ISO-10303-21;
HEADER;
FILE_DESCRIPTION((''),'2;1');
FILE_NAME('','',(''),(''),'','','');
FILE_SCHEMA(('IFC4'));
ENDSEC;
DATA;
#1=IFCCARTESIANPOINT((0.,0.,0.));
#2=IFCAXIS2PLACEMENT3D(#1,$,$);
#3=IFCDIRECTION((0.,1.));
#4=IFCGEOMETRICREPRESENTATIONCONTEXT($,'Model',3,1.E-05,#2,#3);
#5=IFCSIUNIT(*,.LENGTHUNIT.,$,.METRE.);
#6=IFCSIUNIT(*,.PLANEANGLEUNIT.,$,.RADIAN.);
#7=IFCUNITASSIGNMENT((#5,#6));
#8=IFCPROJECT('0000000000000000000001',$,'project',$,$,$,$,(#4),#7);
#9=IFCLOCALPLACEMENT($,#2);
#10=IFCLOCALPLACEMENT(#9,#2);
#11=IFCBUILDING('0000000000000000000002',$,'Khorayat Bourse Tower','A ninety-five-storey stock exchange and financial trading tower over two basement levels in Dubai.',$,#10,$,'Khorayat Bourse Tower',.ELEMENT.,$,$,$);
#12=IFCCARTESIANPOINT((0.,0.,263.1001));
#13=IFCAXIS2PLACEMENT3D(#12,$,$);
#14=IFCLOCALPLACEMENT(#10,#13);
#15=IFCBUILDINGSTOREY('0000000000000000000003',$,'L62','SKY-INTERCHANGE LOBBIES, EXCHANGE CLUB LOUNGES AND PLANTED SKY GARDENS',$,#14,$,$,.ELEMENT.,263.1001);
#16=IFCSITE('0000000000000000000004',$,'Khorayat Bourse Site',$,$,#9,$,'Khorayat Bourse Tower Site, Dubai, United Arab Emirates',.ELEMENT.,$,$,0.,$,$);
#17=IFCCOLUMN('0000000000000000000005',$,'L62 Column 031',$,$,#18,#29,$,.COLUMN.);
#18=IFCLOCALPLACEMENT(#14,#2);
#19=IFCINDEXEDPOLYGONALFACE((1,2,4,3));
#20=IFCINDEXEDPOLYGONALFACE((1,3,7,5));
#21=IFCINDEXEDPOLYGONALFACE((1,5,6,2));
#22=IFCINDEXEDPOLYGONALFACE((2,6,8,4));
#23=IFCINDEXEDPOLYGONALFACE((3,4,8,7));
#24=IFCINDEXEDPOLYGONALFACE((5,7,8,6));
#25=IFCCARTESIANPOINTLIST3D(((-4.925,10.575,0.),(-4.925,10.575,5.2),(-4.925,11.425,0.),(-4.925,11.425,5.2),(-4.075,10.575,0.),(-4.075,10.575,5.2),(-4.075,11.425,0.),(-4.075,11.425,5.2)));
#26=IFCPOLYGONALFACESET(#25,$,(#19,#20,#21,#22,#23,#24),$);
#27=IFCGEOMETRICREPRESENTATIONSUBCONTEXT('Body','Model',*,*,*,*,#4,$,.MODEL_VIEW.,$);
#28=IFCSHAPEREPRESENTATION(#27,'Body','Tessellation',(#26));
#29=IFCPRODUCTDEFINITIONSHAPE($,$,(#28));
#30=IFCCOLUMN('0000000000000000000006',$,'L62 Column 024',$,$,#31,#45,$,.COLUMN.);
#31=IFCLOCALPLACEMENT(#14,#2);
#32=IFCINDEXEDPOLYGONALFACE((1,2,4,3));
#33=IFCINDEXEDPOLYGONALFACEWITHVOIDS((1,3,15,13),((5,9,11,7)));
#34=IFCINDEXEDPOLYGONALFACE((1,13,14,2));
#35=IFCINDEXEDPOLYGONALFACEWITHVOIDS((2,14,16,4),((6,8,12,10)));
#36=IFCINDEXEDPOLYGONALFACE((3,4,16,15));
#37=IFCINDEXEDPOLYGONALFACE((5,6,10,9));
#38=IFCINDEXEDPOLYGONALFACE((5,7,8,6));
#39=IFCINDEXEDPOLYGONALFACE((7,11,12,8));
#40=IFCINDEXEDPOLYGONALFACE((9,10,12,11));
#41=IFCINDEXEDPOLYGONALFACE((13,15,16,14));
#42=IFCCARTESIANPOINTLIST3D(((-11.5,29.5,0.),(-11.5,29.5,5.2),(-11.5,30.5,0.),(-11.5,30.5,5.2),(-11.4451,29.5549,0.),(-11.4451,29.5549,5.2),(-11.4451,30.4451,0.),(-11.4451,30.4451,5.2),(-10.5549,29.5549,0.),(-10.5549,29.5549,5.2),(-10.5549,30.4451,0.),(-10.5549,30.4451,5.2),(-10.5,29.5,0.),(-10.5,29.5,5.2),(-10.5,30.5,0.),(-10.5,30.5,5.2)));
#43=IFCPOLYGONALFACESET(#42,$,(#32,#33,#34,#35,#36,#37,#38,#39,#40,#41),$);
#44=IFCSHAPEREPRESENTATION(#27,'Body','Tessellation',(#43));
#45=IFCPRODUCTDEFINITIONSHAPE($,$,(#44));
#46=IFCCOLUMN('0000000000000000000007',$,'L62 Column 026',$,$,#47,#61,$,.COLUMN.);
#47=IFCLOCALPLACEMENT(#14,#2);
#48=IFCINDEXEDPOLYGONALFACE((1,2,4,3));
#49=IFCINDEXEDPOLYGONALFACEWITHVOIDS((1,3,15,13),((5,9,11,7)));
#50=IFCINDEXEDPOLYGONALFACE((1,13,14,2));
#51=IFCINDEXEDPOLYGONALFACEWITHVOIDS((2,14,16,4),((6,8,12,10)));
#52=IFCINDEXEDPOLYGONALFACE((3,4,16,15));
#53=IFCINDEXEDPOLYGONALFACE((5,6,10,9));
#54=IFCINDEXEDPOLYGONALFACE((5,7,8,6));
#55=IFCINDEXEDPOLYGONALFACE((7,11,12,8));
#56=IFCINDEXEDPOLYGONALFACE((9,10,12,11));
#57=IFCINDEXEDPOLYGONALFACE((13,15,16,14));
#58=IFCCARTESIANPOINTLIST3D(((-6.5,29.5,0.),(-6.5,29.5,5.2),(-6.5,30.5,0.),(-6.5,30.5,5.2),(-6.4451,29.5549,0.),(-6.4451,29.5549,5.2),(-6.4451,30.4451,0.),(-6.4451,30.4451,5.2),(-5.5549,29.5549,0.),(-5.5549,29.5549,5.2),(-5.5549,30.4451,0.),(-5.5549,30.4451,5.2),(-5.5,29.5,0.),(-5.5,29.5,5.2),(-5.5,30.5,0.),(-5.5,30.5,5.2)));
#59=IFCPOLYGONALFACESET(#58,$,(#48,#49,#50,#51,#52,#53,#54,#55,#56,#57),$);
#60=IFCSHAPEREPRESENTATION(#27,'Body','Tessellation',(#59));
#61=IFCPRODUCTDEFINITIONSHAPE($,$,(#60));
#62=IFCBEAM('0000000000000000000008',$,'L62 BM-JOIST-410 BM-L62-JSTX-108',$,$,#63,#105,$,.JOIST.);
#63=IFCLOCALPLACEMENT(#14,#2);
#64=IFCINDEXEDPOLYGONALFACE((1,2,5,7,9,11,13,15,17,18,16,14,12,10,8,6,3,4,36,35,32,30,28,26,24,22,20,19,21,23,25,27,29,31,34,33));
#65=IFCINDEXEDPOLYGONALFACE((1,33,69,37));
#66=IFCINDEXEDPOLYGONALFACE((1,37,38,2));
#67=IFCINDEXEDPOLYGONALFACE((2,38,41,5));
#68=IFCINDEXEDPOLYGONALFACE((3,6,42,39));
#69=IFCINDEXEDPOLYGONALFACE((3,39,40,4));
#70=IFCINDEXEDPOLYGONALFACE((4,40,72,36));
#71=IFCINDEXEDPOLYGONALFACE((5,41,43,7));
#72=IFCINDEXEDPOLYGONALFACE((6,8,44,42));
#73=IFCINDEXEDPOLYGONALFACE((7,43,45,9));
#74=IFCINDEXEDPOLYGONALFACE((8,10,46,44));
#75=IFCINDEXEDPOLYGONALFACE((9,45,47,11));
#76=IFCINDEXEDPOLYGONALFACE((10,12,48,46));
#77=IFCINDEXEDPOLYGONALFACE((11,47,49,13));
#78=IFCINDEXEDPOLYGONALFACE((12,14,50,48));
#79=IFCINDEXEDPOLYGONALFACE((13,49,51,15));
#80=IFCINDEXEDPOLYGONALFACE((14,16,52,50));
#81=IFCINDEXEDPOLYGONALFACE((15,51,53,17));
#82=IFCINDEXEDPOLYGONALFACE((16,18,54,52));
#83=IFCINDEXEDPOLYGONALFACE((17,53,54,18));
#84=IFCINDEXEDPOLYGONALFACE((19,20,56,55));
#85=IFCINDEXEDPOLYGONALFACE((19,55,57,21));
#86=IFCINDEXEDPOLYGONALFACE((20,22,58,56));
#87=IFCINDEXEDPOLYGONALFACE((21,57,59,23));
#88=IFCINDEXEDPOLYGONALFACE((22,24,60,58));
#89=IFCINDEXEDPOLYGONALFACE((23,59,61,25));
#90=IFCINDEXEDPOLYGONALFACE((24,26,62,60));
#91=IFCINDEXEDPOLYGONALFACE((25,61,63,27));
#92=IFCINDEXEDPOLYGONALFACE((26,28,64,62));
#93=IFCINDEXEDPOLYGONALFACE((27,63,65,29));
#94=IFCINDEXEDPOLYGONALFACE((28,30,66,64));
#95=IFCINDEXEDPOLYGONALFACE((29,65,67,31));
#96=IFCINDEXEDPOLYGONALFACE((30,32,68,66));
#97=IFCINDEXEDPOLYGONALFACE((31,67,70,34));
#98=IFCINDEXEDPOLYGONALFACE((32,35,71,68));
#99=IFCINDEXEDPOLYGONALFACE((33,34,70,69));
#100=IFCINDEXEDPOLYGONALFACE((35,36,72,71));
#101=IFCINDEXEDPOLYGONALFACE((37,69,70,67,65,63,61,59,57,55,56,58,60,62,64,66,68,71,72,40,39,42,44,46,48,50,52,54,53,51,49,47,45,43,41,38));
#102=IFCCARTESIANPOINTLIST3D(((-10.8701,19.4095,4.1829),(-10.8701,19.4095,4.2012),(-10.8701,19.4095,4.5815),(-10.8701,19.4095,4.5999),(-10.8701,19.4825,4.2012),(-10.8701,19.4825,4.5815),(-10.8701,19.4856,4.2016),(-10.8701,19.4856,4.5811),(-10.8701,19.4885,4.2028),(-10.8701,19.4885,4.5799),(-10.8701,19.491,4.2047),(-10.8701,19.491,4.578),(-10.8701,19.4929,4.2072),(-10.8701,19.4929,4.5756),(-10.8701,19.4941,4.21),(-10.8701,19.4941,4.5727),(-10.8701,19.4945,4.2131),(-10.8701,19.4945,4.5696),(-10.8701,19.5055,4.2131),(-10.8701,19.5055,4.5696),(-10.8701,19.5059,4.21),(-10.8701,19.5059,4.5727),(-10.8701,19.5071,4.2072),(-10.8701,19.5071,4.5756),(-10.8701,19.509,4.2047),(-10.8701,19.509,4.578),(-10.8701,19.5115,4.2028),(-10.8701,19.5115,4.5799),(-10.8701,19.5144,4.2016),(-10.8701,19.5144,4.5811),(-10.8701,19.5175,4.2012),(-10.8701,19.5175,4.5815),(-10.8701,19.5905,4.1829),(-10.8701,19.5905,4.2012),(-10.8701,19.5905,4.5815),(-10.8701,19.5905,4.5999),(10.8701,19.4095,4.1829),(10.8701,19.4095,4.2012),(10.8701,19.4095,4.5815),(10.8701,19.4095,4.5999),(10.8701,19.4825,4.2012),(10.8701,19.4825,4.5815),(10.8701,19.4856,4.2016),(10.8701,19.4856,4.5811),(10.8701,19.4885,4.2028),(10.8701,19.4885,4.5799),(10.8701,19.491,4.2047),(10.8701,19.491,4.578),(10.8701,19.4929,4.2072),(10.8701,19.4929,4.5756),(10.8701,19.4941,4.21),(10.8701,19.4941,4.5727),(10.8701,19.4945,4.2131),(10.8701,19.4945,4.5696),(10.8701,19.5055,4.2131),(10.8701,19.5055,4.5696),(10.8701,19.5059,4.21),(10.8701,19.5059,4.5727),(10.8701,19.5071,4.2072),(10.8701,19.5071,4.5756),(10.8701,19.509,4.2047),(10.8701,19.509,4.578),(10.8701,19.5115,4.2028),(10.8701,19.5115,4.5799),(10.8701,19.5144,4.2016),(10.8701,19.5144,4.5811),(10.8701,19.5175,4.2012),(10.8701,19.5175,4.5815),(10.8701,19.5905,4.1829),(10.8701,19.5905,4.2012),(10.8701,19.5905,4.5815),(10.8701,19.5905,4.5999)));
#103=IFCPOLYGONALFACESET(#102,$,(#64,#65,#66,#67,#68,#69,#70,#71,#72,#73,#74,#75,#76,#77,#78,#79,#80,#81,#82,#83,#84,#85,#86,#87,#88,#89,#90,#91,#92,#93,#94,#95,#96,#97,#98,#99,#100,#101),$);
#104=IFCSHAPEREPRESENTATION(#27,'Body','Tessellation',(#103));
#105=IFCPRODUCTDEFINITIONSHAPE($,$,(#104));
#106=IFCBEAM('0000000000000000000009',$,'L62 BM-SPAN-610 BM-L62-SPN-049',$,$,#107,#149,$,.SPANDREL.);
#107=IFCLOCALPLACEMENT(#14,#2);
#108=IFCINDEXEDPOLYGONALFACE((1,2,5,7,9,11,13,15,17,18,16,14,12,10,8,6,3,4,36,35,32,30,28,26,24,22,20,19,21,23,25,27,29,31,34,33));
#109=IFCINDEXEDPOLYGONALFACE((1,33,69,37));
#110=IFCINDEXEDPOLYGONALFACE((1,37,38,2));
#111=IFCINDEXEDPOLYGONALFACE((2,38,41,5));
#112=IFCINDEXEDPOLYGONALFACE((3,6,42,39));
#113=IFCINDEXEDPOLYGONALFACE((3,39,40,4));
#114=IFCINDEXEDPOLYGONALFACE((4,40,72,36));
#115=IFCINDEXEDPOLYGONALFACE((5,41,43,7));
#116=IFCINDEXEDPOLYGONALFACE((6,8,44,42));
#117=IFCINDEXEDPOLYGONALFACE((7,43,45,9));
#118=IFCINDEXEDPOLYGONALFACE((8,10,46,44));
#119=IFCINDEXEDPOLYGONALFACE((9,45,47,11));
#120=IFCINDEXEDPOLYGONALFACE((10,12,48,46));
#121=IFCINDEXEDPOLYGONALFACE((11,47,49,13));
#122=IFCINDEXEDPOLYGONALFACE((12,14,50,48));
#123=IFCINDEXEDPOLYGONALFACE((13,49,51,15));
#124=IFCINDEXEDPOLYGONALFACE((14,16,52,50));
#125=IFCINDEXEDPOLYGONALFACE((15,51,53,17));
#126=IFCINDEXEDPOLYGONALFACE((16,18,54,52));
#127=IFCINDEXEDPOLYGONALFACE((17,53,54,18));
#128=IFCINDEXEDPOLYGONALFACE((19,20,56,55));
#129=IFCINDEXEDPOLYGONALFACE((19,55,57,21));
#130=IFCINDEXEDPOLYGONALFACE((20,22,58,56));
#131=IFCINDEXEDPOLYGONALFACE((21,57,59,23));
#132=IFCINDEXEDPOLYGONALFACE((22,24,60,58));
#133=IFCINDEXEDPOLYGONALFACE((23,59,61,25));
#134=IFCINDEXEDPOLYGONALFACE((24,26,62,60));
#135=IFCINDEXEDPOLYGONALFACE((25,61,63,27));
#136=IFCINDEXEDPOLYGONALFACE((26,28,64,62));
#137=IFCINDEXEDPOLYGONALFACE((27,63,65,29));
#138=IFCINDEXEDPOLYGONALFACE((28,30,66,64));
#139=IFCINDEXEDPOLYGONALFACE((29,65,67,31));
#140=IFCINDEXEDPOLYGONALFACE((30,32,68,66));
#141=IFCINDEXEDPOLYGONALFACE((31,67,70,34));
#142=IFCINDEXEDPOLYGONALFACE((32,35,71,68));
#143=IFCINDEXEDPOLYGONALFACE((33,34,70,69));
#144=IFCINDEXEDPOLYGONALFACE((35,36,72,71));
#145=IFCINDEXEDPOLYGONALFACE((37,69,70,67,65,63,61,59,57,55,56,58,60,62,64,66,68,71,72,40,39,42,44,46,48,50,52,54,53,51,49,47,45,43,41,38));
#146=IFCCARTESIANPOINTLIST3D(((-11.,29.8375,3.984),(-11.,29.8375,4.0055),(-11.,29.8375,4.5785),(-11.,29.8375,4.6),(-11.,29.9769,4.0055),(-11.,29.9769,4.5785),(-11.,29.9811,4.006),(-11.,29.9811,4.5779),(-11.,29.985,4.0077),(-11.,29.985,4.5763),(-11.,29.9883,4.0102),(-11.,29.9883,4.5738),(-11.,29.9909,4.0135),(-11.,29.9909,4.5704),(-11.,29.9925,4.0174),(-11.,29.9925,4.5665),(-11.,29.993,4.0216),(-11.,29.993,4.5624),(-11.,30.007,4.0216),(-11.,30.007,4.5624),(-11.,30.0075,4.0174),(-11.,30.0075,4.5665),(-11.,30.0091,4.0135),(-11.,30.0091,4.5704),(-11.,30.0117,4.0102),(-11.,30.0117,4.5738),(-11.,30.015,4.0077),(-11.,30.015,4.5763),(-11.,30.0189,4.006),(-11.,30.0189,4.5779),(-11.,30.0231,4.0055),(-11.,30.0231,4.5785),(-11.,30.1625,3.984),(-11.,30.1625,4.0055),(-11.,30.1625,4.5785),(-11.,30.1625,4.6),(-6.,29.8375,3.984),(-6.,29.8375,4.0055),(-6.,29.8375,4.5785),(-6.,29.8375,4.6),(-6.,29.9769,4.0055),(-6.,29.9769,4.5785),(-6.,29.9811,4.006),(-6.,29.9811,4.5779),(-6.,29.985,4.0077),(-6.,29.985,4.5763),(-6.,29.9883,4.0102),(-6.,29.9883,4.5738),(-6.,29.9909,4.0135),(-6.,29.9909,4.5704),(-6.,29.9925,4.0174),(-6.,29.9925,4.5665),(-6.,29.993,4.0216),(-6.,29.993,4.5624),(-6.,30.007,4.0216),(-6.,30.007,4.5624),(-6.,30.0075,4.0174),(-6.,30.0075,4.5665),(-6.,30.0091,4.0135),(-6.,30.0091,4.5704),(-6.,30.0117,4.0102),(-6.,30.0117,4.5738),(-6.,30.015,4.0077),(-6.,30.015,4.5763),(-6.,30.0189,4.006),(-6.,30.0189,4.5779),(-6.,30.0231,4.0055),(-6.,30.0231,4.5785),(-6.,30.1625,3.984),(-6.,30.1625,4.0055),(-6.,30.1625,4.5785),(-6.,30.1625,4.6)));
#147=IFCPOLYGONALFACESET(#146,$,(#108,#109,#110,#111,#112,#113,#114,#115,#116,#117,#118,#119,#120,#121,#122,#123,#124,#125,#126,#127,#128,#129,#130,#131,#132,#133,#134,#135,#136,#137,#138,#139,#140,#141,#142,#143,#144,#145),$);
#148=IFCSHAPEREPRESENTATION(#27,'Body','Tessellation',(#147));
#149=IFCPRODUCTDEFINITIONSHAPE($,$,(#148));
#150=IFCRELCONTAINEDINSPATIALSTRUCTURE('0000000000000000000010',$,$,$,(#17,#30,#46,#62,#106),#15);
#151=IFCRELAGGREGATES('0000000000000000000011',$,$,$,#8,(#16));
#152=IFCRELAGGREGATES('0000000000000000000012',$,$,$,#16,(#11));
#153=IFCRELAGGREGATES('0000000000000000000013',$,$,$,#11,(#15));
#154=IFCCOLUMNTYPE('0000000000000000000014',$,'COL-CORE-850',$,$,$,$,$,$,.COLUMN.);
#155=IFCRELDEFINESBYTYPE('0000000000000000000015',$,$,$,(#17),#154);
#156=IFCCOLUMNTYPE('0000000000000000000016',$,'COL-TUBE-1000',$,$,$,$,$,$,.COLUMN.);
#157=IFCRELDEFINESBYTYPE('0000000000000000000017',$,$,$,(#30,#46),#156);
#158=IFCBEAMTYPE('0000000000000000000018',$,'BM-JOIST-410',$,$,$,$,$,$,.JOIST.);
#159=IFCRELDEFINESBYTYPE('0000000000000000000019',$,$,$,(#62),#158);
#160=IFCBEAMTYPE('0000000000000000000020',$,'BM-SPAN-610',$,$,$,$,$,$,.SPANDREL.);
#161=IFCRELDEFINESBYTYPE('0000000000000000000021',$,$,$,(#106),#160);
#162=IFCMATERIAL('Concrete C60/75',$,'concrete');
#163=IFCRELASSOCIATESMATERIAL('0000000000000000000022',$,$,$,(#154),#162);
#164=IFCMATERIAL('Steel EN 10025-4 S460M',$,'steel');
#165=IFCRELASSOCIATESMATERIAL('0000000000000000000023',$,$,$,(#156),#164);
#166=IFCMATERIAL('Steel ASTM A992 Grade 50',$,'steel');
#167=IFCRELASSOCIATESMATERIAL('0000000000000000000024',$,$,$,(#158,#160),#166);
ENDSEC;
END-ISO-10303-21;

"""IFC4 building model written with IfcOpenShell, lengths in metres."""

from ifc_helpers import new_model, si_unit, direction, frame, origin, origin_2d, place, context, subcontext, project, spatial, rectangle, hollow_rectangle, i_section, extrude, source, transform, mapped, material, material_profile, profile_set, type_object, element, save


model = new_model("IFC4")

# Units and contexts
model_context = context("Model", 3, precision=1e-05, world=origin(), true_north=direction((0.0, 1.0)))
body_context = subcontext(model_context, "Body", "Model", "MODEL_VIEW")
ifc_project = project(units=[si_unit("LENGTHUNIT", "METRE"), si_unit("PLANEANGLEUNIT", "RADIAN")], contexts=[model_context])

# Site, building, storey
site_placement = place(None, origin())
site = spatial("IfcSite", under=ifc_project, at=site_placement, Name="Khorayat Bourse Site", LongName="Khorayat Bourse Tower Site, Dubai, United Arab Emirates", CompositionType="ELEMENT", RefElevation=0.0)
building_placement = place(site_placement, origin())
building = spatial("IfcBuilding", under=site, at=building_placement, Name="Khorayat Bourse Tower", Description="A ninety-five-storey stock exchange and financial trading tower over two basement levels in Dubai.", LongName="Khorayat Bourse Tower", CompositionType="ELEMENT")
storey_placement = place(building_placement, frame((0.0, 0.0, 263.1001)))
storey = spatial("IfcBuildingStorey", under=building, at=storey_placement, Name="L62", Description="SKY-INTERCHANGE LOBBIES, EXCHANGE CLUB LOUNGES AND PLANTED SKY GARDENS", CompositionType="ELEMENT", Elevation=263.1001)

# Columns
ifc_material_1 = material(Name="Concrete C60/75", Category="concrete")
ifc_material_profile_1 = material_profile(ifc_material_1, rectangle(XDim=0.8501, YDim=0.8501, at=origin_2d()), Name="RC 850x850")
ifc_profile_set_1 = profile_set([ifc_material_profile_1], Name="Concrete C60/75")
column_type_1 = type_object("IfcColumnType", Name="COL-CORE-850", PredefinedType="COLUMN", material=ifc_profile_set_1)
shared_shape_1 = source(origin(), body_context, "Body", "SweptSolid", [
    extrude(rectangle(XDim=0.8501, YDim=0.8501, at=origin_2d()), origin(), (0.0, 0.0, 1.0), 5.2),
])
column_placement = place(storey_placement, frame((-4.5, 11.0, 0.0), z_axis=(0.0, 0.0, 1.0), x_axis=(1.0, 0.0, 0.0)))
element("IfcColumn", 1, at=column_placement, inside=storey, type_object=column_type_1, Name="L62 Column 031", PredefinedType="COLUMN", context=body_context, shape_type="MappedRepresentation", body=[
    mapped(shared_shape_1, transform((0.0, 0.0, 0.0), scale=1.0)),
])
ifc_material_2 = material(Name="Steel EN 10025-4 S460M", Category="steel")
ifc_material_profile_2 = material_profile(ifc_material_2, hollow_rectangle(XDim=1.0, YDim=1.0, WallThickness=0.0549, at=origin_2d()), Name="BOX 1000x1000x55")
ifc_profile_set_2 = profile_set([ifc_material_profile_2], Name="Steel EN 10025-4 S460M")
column_type_2 = type_object("IfcColumnType", Name="COL-TUBE-1000", PredefinedType="COLUMN", material=ifc_profile_set_2)
shared_shape_2 = source(origin(), body_context, "Body", "SweptSolid", [
    extrude(hollow_rectangle(XDim=1.0, YDim=1.0, WallThickness=0.0549, at=origin_2d()), origin(), (0.0, 0.0, 1.0), 5.2),
])
for number, where, z_axis, x_axis, name in (
    (2, (-11.0, 30.0, 0.0), (0.0, 0.0, 1.0), (1.0, 0.0, 0.0), "L62 Column 024"),
    (3, (-6.0, 30.0, 0.0), (0.0, 0.0, 1.0), (1.0, 0.0, 0.0), "L62 Column 026"),
):
    element("IfcColumn", number, at=place(storey_placement, frame(where, z_axis=z_axis, x_axis=x_axis)), inside=storey, type_object=column_type_2, Name=name, PredefinedType="COLUMN", context=body_context, shape_type="MappedRepresentation", body=[
        mapped(shared_shape_2, transform((0.0, 0.0, 0.0), scale=1.0)),
    ])

# Beams
ifc_material_3 = material(Name="Steel ASTM A992 Grade 50", Category="steel")
ifc_material_profile_3 = material_profile(ifc_material_3, i_section(OverallWidth=0.1809, OverallDepth=0.417, WebThickness=0.011, FlangeThickness=0.0183, FilletRadius=0.012, at=origin_2d()), Name="W410X85")
ifc_profile_set_3 = profile_set([ifc_material_profile_3], Name="Steel ASTM A992 Grade 50")
beam_type_1 = type_object("IfcBeamType", Name="BM-JOIST-410", PredefinedType="JOIST", material=ifc_profile_set_3)
shared_shape_3 = source(origin(), body_context, "Body", "SweptSolid", [
    extrude(i_section(OverallWidth=0.1809, OverallDepth=0.417, WebThickness=0.011, FlangeThickness=0.0183, FilletRadius=0.012, at=origin_2d()), origin(), (0.0, 0.0, 1.0), 21.7402),
])
beam_1_placement = place(storey_placement, frame((-10.8701, 19.5, 4.3914), z_axis=(1.0, 0.0, 0.0), x_axis=(0.0, 1.0, 0.0)))
element("IfcBeam", 4, at=beam_1_placement, inside=storey, type_object=beam_type_1, Name="L62 BM-JOIST-410 BM-L62-JSTX-108", PredefinedType="JOIST", context=body_context, shape_type="MappedRepresentation", body=[
    mapped(shared_shape_3, transform((0.0, 0.0, 0.0), scale=1.0)),
])
ifc_material_profile_4 = material_profile(ifc_material_3, i_section(OverallWidth=0.325, OverallDepth=0.616, WebThickness=0.0139, FlangeThickness=0.0215, FilletRadius=0.0161, at=origin_2d()), Name="W610X174")
ifc_profile_set_4 = profile_set([ifc_material_profile_4], Name="Steel ASTM A992 Grade 50")
beam_type_2 = type_object("IfcBeamType", Name="BM-SPAN-610", PredefinedType="SPANDREL", material=ifc_profile_set_4)
shared_shape_4 = source(origin(), body_context, "Body", "SweptSolid", [
    extrude(i_section(OverallWidth=0.325, OverallDepth=0.616, WebThickness=0.0139, FlangeThickness=0.0215, FilletRadius=0.0161, at=origin_2d()), origin(), (0.0, 0.0, 1.0), 5.0),
])
beam_2_placement = place(storey_placement, frame((-11.0, 30.0, 4.292), z_axis=(1.0, 0.0, 0.0), x_axis=(0.0, 1.0, 0.0)))
element("IfcBeam", 5, at=beam_2_placement, inside=storey, type_object=beam_type_2, Name="L62 BM-SPAN-610 BM-L62-SPN-049", PredefinedType="SPANDREL", context=body_context, shape_type="MappedRepresentation", body=[
    mapped(shared_shape_4, transform((0.0, 0.0, 0.0), scale=1.0)),
])

save(model, "model.ifc")
